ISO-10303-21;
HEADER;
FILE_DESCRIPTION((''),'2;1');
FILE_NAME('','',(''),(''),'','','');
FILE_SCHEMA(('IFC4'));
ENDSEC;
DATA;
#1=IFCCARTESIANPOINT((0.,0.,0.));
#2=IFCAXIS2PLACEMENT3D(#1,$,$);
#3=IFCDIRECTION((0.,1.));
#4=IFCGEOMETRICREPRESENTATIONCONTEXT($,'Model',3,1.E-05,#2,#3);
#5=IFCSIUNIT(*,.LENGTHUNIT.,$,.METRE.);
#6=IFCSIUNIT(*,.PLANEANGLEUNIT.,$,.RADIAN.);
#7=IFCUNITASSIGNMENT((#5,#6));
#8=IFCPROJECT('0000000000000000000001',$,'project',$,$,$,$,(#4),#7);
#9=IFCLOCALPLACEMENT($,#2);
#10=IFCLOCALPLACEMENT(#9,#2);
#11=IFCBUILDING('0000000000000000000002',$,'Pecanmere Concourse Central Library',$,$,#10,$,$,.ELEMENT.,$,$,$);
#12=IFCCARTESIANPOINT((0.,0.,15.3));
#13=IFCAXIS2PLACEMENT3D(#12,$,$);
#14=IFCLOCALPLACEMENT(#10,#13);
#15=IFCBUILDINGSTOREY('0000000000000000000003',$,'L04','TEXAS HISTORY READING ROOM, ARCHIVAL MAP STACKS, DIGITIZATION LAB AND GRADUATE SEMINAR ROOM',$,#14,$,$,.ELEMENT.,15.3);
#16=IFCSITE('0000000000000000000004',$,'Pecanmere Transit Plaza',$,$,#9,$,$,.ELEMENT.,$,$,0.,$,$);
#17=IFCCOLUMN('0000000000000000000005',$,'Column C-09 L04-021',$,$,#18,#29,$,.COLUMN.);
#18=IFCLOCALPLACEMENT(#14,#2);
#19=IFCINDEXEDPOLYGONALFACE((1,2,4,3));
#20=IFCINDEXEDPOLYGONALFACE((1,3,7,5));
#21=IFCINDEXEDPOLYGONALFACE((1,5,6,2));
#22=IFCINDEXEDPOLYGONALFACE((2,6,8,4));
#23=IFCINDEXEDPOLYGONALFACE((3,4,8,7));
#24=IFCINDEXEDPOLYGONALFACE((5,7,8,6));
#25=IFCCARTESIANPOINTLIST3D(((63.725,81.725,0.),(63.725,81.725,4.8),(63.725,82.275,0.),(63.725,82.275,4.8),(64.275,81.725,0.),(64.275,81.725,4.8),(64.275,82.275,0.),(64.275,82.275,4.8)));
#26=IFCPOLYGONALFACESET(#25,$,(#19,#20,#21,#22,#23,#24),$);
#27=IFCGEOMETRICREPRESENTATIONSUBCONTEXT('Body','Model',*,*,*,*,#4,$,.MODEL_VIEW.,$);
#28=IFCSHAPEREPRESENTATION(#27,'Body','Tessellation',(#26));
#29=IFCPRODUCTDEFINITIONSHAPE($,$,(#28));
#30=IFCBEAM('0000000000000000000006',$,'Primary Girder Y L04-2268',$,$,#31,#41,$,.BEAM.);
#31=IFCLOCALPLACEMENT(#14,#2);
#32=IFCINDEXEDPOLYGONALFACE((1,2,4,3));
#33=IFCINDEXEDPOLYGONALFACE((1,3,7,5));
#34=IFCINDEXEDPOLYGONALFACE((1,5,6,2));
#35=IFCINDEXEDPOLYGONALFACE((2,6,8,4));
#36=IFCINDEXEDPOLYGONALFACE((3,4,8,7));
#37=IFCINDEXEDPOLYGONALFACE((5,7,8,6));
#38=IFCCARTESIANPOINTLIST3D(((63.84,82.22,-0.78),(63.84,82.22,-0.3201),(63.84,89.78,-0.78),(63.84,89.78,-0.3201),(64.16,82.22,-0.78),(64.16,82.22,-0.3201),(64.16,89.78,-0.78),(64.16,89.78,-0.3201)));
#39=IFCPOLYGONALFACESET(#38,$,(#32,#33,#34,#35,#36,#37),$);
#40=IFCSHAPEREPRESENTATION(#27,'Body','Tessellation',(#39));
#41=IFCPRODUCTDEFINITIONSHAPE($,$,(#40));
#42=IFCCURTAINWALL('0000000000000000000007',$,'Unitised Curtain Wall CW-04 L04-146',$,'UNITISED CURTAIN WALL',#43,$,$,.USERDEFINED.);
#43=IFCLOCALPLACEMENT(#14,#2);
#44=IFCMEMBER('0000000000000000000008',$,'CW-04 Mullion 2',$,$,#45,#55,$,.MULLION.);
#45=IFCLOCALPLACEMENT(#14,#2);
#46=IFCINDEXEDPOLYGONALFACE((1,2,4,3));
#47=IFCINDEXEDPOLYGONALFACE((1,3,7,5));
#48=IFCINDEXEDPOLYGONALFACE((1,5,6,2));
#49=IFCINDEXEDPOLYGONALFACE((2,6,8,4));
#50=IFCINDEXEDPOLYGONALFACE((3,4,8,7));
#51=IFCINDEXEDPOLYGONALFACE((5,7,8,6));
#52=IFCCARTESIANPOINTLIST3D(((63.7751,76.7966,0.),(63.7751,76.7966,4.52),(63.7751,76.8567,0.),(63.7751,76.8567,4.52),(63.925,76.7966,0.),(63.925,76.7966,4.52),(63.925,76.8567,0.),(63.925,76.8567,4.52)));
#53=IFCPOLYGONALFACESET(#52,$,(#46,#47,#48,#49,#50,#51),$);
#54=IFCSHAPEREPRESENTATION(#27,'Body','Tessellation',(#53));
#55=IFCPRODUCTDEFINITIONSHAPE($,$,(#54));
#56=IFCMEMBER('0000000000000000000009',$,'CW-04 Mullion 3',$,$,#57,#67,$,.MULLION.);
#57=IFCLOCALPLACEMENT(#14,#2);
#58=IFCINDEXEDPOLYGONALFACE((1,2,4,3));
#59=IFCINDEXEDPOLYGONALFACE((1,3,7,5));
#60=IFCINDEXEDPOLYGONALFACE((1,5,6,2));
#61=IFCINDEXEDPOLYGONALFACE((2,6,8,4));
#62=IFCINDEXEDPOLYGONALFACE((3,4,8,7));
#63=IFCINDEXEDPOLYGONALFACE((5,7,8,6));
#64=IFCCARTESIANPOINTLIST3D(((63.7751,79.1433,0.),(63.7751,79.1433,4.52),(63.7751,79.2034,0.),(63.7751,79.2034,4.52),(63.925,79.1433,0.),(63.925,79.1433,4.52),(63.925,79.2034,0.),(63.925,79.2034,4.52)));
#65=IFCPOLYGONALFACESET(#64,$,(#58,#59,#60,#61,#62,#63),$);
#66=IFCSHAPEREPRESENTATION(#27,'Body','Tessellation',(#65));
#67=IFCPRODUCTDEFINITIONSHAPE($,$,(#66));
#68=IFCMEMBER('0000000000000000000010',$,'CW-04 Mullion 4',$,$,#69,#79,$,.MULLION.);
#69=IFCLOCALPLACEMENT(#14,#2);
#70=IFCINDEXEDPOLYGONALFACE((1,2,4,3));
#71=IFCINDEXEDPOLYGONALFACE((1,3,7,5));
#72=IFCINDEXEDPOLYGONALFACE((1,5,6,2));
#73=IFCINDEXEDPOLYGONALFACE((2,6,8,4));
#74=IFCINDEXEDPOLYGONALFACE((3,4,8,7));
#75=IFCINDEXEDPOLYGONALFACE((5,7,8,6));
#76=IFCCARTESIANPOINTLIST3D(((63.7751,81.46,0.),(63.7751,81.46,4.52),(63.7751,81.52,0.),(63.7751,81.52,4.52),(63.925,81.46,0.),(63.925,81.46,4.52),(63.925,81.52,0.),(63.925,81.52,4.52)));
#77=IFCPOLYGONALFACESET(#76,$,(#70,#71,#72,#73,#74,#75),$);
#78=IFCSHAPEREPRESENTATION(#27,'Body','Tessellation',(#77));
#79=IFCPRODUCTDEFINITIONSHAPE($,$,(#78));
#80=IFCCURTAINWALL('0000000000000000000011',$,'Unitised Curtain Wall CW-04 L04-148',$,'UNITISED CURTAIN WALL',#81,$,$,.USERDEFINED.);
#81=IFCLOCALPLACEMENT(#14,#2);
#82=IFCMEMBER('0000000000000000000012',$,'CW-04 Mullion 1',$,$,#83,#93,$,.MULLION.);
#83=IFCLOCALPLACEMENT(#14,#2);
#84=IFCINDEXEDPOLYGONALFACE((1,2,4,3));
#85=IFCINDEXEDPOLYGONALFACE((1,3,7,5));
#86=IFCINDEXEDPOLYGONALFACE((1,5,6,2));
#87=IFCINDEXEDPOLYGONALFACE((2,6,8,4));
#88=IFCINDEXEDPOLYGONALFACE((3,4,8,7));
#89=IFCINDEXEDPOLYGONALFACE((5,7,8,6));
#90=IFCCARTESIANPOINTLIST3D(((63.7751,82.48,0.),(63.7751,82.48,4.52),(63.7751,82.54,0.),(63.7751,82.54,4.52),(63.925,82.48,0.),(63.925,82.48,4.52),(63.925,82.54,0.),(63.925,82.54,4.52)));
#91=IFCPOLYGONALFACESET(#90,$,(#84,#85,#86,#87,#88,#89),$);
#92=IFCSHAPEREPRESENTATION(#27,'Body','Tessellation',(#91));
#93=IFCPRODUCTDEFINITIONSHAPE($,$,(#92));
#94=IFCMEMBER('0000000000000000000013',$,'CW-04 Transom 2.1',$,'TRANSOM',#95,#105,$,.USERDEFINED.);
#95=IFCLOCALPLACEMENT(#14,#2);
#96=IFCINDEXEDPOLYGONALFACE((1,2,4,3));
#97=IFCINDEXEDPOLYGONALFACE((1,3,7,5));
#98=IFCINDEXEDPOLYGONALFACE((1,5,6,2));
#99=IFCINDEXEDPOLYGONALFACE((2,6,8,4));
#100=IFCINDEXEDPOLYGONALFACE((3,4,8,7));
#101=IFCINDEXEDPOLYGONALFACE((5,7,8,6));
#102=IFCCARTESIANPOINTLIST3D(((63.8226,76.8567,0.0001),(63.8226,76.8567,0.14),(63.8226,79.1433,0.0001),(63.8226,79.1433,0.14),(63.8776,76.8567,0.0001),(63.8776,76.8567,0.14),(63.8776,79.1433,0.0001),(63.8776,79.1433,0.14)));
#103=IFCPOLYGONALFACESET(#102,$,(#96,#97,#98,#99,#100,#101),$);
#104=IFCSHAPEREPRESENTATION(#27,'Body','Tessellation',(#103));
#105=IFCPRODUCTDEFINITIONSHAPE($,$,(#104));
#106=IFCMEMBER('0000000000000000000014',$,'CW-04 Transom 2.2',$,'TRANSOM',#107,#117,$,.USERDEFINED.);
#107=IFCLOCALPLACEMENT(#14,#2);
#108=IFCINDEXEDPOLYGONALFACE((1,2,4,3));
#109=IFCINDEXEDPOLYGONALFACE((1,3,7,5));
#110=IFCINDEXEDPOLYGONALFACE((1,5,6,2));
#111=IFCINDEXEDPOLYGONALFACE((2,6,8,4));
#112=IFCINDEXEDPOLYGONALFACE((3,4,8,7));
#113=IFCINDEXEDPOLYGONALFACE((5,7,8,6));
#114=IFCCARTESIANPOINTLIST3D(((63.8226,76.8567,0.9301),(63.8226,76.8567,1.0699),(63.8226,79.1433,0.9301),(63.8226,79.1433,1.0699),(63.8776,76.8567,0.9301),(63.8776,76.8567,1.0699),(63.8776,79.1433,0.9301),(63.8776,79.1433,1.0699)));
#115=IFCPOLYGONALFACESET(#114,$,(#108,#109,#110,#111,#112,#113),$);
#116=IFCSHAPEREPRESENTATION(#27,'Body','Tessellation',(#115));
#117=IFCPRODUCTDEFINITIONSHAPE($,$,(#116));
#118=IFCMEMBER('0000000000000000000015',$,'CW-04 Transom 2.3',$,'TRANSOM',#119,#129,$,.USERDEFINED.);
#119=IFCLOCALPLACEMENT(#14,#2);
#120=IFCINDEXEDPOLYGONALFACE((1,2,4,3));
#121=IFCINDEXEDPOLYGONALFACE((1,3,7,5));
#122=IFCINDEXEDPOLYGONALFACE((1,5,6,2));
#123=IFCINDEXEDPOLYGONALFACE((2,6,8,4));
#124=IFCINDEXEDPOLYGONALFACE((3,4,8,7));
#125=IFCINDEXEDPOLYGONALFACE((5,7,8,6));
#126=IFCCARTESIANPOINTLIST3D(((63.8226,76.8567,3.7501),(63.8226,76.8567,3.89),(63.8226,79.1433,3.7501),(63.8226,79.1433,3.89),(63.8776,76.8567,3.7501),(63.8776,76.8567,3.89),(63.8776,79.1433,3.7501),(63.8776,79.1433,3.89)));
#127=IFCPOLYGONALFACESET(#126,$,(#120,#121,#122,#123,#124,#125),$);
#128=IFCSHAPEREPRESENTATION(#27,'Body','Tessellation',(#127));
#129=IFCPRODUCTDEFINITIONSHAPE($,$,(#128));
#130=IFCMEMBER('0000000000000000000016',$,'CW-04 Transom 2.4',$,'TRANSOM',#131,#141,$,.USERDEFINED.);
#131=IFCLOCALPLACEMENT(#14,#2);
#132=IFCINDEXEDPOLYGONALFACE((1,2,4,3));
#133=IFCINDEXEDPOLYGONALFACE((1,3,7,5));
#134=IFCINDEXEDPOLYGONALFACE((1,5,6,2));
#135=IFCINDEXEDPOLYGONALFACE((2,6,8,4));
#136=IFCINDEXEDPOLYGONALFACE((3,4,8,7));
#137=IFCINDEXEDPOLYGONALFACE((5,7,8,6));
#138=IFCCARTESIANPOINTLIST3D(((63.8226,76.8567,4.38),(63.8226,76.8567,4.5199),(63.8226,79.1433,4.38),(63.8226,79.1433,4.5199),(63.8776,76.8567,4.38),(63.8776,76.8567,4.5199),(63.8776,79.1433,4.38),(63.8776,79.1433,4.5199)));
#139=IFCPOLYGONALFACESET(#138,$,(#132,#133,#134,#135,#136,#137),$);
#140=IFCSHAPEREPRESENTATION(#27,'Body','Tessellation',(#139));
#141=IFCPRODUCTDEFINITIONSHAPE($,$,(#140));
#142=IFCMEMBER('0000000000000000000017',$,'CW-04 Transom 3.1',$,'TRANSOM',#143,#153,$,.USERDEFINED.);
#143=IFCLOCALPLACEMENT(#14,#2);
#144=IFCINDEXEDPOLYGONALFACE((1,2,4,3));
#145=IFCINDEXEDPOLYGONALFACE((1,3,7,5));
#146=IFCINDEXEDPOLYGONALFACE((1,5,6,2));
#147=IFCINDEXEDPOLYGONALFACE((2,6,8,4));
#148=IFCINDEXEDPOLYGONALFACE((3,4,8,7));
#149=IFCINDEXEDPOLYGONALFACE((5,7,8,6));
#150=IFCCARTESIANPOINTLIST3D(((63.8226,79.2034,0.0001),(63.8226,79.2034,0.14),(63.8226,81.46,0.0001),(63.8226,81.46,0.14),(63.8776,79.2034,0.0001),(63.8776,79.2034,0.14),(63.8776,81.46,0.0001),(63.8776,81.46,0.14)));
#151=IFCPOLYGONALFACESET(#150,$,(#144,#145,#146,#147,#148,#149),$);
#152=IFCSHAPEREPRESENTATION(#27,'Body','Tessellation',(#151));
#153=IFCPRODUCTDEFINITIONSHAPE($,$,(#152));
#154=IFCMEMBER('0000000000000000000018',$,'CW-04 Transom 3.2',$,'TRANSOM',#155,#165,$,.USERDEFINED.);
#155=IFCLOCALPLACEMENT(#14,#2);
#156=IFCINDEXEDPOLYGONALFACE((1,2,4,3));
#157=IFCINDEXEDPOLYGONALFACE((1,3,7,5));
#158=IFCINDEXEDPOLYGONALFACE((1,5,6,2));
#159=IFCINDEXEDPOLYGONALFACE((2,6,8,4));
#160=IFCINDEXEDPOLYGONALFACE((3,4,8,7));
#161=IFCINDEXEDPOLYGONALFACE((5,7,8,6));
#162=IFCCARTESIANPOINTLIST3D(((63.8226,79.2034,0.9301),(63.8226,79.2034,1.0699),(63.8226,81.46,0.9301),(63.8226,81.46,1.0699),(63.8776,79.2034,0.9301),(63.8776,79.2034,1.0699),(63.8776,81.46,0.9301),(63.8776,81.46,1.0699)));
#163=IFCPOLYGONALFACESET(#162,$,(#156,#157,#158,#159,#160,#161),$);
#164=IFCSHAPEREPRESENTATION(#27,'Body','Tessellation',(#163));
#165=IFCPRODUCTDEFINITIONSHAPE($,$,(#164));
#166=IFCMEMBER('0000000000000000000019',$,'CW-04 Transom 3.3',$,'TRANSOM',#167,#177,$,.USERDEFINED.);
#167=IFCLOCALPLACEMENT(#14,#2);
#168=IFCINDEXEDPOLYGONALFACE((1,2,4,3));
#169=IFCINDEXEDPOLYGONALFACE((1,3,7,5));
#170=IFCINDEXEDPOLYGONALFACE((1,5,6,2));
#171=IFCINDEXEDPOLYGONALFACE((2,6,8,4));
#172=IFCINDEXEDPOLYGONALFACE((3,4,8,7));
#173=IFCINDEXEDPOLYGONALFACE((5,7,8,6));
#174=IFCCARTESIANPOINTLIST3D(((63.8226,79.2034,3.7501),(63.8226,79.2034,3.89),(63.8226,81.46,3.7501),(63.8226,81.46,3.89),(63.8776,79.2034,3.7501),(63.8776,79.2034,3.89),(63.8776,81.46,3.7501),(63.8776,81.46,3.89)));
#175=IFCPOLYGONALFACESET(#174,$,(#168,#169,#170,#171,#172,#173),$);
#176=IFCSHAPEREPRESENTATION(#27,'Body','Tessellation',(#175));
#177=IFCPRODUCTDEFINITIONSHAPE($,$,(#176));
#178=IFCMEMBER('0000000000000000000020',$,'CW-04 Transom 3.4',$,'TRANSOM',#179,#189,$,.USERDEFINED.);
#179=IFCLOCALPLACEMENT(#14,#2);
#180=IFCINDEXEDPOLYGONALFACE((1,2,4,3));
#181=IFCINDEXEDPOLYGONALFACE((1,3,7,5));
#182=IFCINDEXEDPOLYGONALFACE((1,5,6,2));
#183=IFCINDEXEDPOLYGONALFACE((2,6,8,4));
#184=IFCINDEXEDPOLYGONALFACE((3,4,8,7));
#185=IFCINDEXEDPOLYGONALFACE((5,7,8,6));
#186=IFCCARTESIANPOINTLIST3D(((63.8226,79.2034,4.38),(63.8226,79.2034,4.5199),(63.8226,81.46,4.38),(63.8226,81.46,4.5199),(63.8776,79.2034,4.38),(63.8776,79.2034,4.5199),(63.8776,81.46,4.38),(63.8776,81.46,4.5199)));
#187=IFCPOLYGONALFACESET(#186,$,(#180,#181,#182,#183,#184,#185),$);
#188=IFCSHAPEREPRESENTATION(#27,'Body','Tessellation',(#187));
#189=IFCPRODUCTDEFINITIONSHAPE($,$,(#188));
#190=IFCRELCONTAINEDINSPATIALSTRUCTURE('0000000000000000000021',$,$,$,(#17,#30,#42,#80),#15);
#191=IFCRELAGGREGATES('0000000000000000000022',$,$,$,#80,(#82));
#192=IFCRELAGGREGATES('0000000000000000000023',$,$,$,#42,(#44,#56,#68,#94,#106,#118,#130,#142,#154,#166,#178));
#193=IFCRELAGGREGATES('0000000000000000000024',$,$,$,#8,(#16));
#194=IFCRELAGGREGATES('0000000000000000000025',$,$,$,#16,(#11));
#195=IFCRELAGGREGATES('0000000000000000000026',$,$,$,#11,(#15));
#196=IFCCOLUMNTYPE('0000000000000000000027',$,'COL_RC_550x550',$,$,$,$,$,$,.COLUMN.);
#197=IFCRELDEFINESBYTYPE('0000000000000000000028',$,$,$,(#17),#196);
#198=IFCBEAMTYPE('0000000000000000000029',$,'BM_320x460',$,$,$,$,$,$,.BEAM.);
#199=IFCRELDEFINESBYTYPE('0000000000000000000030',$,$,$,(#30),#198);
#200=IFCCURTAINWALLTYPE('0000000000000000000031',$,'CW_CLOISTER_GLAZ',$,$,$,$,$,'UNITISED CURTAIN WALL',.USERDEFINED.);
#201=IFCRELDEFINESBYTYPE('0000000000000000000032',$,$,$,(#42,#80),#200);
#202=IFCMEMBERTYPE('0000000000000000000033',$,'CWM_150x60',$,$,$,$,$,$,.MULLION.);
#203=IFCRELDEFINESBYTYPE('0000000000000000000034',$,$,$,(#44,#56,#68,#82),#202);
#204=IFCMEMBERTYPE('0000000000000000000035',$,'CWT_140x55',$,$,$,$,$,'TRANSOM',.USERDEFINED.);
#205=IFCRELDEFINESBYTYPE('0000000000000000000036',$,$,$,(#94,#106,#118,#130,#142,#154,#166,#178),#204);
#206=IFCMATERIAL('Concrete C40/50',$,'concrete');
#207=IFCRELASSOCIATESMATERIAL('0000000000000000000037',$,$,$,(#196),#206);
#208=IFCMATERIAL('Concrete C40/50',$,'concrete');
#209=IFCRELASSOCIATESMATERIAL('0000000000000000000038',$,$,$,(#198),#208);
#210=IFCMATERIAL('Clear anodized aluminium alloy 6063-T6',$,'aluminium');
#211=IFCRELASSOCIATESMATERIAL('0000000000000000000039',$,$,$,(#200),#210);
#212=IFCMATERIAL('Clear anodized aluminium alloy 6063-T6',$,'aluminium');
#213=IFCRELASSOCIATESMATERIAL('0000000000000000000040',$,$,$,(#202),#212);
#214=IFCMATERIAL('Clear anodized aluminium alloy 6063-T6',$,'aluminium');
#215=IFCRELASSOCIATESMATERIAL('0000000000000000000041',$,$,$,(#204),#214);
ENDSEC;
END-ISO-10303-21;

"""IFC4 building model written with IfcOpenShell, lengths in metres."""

from ifc_helpers import new_model, si_unit, direction, frame, origin, origin_2d, place, context, subcontext, project, spatial, rectangle, extrude, material, material_profile, profile_set, type_object, element, aggregate, save


model = new_model("IFC4")

# Units and contexts
model_context = context("Model", 3, precision=1e-05, world=origin(), true_north=direction((0.0, 1.0)))
body_context = subcontext(model_context, "Body", "Model", "MODEL_VIEW")
ifc_project = project(units=[si_unit("LENGTHUNIT", "METRE"), si_unit("PLANEANGLEUNIT", "RADIAN")], contexts=[model_context])

# Site, building, storey
site_placement = place(None, origin())
site = spatial("IfcSite", under=ifc_project, at=site_placement, Name="Pecanmere Transit Plaza", CompositionType="ELEMENT", RefElevation=0.0)
building_placement = place(site_placement, origin())
building = spatial("IfcBuilding", under=site, at=building_placement, Name="Pecanmere Concourse Central Library", CompositionType="ELEMENT")
storey_placement = place(building_placement, frame((0.0, 0.0, 15.3)))
storey = spatial("IfcBuildingStorey", under=building, at=storey_placement, Name="L04", Description="TEXAS HISTORY READING ROOM, ARCHIVAL MAP STACKS, DIGITIZATION LAB AND GRADUATE SEMINAR ROOM", CompositionType="ELEMENT", Elevation=15.3)

# Column
ifc_material_1 = material(Name="Concrete C40/50", Category="concrete")
ifc_material_profile_1 = material_profile(ifc_material_1, rectangle(XDim=0.55, YDim=0.55, at=origin_2d()), Name="RC 550x550")
ifc_profile_set_1 = profile_set([ifc_material_profile_1], Name="Concrete C40/50")
column_type = type_object("IfcColumnType", Name="COL_RC_550x550", PredefinedType="COLUMN", material=ifc_profile_set_1)
column_placement = place(storey_placement, frame((64.0, 82.0, 0.0), z_axis=(0.0, 0.0, 1.0), x_axis=(1.0, 0.0, 0.0)))
element("IfcColumn", 1, at=column_placement, inside=storey, type_object=column_type, Name="Column C-09 L04-021", PredefinedType="COLUMN", context=body_context, shape_type="SweptSolid", body=[
    extrude(rectangle(XDim=0.55, YDim=0.55, at=origin_2d()), origin(), (0.0, 0.0, 1.0), 4.8),
])

# Beam
ifc_material_2 = material(Name="Concrete C40/50", Category="concrete")
ifc_material_profile_2 = material_profile(ifc_material_2, rectangle(XDim=0.3201, YDim=0.46, at=origin_2d()), Name="RC 320x460")
ifc_profile_set_2 = profile_set([ifc_material_profile_2], Name="Concrete C40/50")
beam_type = type_object("IfcBeamType", Name="BM_320x460", PredefinedType="BEAM", material=ifc_profile_set_2)
beam_placement = place(storey_placement, frame((64.0, 82.22, -0.55), z_axis=(0.0, 1.0, 0.0), x_axis=(-1.0, 0.0, 0.0)))
element("IfcBeam", 2, at=beam_placement, inside=storey, type_object=beam_type, Name="Primary Girder Y L04-2268", PredefinedType="BEAM", context=body_context, shape_type="SweptSolid", body=[
    extrude(rectangle(XDim=0.3201, YDim=0.46, at=origin_2d()), origin(), (0.0, 0.0, 1.0), 7.5601),
])

# Curtain wall, members
ifc_material_3 = material(Name="Clear anodized aluminium alloy 6063-T6", Category="aluminium")
curtain_wall_type = type_object("IfcCurtainWallType", Name="CW_CLOISTER_GLAZ", ElementType="UNITISED CURTAIN WALL", PredefinedType="USERDEFINED", material=ifc_material_3)
curtain_wall_1_placement = place(storey_placement, origin())
curtain_wall_1 = element("IfcCurtainWall", 3, at=curtain_wall_1_placement, inside=storey, type_object=curtain_wall_type, Name="Unitised Curtain Wall CW-04 L04-146", ObjectType="UNITISED CURTAIN WALL", PredefinedType="USERDEFINED")
ifc_material_4 = material(Name="Clear anodized aluminium alloy 6063-T6", Category="aluminium")
ifc_material_profile_3 = material_profile(ifc_material_4, rectangle(XDim=0.0601, YDim=0.1499, at=origin_2d()), Name="AL 60x150")
ifc_profile_set_3 = profile_set([ifc_material_profile_3], Name="Clear anodized aluminium alloy 6063-T6")
member_type_1 = type_object("IfcMemberType", Name="CWM_150x60", PredefinedType="MULLION", material=ifc_profile_set_3)
member_1_placement = place(storey_placement, frame((63.8501, 76.8267, 0.0), z_axis=(0.0, 0.0, 1.0), x_axis=(0.0, 1.0, 0.0)))
member_1 = element("IfcMember", 4, at=member_1_placement, type_object=member_type_1, Name="CW-04 Mullion 2", PredefinedType="MULLION", context=body_context, shape_type="SweptSolid", body=[
    extrude(rectangle(XDim=0.0601, YDim=0.1499, at=origin_2d()), origin(), (0.0, 0.0, 1.0), 4.52),
])
member_2_placement = place(storey_placement, frame((63.8501, 79.1733, 0.0), z_axis=(0.0, 0.0, 1.0), x_axis=(0.0, 1.0, 0.0)))
member_2 = element("IfcMember", 5, at=member_2_placement, type_object=member_type_1, Name="CW-04 Mullion 3", PredefinedType="MULLION", context=body_context, shape_type="SweptSolid", body=[
    extrude(rectangle(XDim=0.0601, YDim=0.1499, at=origin_2d()), origin(), (0.0, 0.0, 1.0), 4.52),
])
member_3_placement = place(storey_placement, frame((63.8501, 81.49, 0.0), z_axis=(0.0, 0.0, 1.0), x_axis=(0.0, 1.0, 0.0)))
member_3 = element("IfcMember", 6, at=member_3_placement, type_object=member_type_1, Name="CW-04 Mullion 4", PredefinedType="MULLION", context=body_context, shape_type="SweptSolid", body=[
    extrude(rectangle(XDim=0.0601, YDim=0.1499, at=origin_2d()), origin(), (0.0, 0.0, 1.0), 4.52),
])

# Curtain wall, member
curtain_wall_2_placement = place(storey_placement, origin())
curtain_wall_2 = element("IfcCurtainWall", 7, at=curtain_wall_2_placement, inside=storey, type_object=curtain_wall_type, Name="Unitised Curtain Wall CW-04 L04-148", ObjectType="UNITISED CURTAIN WALL", PredefinedType="USERDEFINED")
member_4_placement = place(storey_placement, frame((63.8501, 82.51, 0.0), z_axis=(0.0, 0.0, 1.0), x_axis=(0.0, 1.0, 0.0)))
member_4 = element("IfcMember", 8, at=member_4_placement, type_object=member_type_1, Name="CW-04 Mullion 1", PredefinedType="MULLION", context=body_context, shape_type="SweptSolid", body=[
    extrude(rectangle(XDim=0.0601, YDim=0.1499, at=origin_2d()), origin(), (0.0, 0.0, 1.0), 4.52),
])

# Members
ifc_material_5 = material(Name="Clear anodized aluminium alloy 6063-T6", Category="aluminium")
ifc_material_profile_4 = material_profile(ifc_material_5, rectangle(XDim=0.0549, YDim=0.1399, at=origin_2d()), Name="AL 55x140")
ifc_profile_set_4 = profile_set([ifc_material_profile_4], Name="Clear anodized aluminium alloy 6063-T6")
member_type_2 = type_object("IfcMemberType", Name="CWT_140x55", ElementType="TRANSOM", PredefinedType="USERDEFINED", material=ifc_profile_set_4)
member_5_placement = place(storey_placement, frame((63.8501, 76.8567, 0.0701), z_axis=(0.0, 1.0, 0.0), x_axis=(-1.0, 0.0, 0.0)))
member_5 = element("IfcMember", 9, at=member_5_placement, type_object=member_type_2, Name="CW-04 Transom 2.1", ObjectType="TRANSOM", PredefinedType="USERDEFINED", context=body_context, shape_type="SweptSolid", body=[
    extrude(rectangle(XDim=0.0549, YDim=0.1399, at=origin_2d()), origin(), (0.0, 0.0, 1.0), 2.2866),
])
member_6_placement = place(storey_placement, frame((63.8501, 76.8567, 1.0), z_axis=(0.0, 1.0, 0.0), x_axis=(-1.0, 0.0, 0.0)))
member_6 = element("IfcMember", 10, at=member_6_placement, type_object=member_type_2, Name="CW-04 Transom 2.2", ObjectType="TRANSOM", PredefinedType="USERDEFINED", context=body_context, shape_type="SweptSolid", body=[
    extrude(rectangle(XDim=0.0549, YDim=0.1399, at=origin_2d()), origin(), (0.0, 0.0, 1.0), 2.2866),
])
member_7_placement = place(storey_placement, frame((63.8501, 76.8567, 3.8201), z_axis=(0.0, 1.0, 0.0), x_axis=(-1.0, 0.0, 0.0)))
member_7 = element("IfcMember", 11, at=member_7_placement, type_object=member_type_2, Name="CW-04 Transom 2.3", ObjectType="TRANSOM", PredefinedType="USERDEFINED", context=body_context, shape_type="SweptSolid", body=[
    extrude(rectangle(XDim=0.0549, YDim=0.1399, at=origin_2d()), origin(), (0.0, 0.0, 1.0), 2.2866),
])
member_8_placement = place(storey_placement, frame((63.8501, 76.8567, 4.45), z_axis=(0.0, 1.0, 0.0), x_axis=(-1.0, 0.0, 0.0)))
member_8 = element("IfcMember", 12, at=member_8_placement, type_object=member_type_2, Name="CW-04 Transom 2.4", ObjectType="TRANSOM", PredefinedType="USERDEFINED", context=body_context, shape_type="SweptSolid", body=[
    extrude(rectangle(XDim=0.0549, YDim=0.1399, at=origin_2d()), origin(), (0.0, 0.0, 1.0), 2.2866),
])
member_9_placement = place(storey_placement, frame((63.8501, 79.2034, 0.0701), z_axis=(0.0, 1.0, 0.0), x_axis=(-1.0, 0.0, 0.0)))
member_9 = element("IfcMember", 13, at=member_9_placement, type_object=member_type_2, Name="CW-04 Transom 3.1", ObjectType="TRANSOM", PredefinedType="USERDEFINED", context=body_context, shape_type="SweptSolid", body=[
    extrude(rectangle(XDim=0.0549, YDim=0.1399, at=origin_2d()), origin(), (0.0, 0.0, 1.0), 2.2566),
])
member_10_placement = place(storey_placement, frame((63.8501, 79.2034, 1.0), z_axis=(0.0, 1.0, 0.0), x_axis=(-1.0, 0.0, 0.0)))
member_10 = element("IfcMember", 14, at=member_10_placement, type_object=member_type_2, Name="CW-04 Transom 3.2", ObjectType="TRANSOM", PredefinedType="USERDEFINED", context=body_context, shape_type="SweptSolid", body=[
    extrude(rectangle(XDim=0.0549, YDim=0.1399, at=origin_2d()), origin(), (0.0, 0.0, 1.0), 2.2566),
])
member_11_placement = place(storey_placement, frame((63.8501, 79.2034, 3.8201), z_axis=(0.0, 1.0, 0.0), x_axis=(-1.0, 0.0, 0.0)))
member_11 = element("IfcMember", 15, at=member_11_placement, type_object=member_type_2, Name="CW-04 Transom 3.3", ObjectType="TRANSOM", PredefinedType="USERDEFINED", context=body_context, shape_type="SweptSolid", body=[
    extrude(rectangle(XDim=0.0549, YDim=0.1399, at=origin_2d()), origin(), (0.0, 0.0, 1.0), 2.2566),
])
member_12_placement = place(storey_placement, frame((63.8501, 79.2034, 4.45), z_axis=(0.0, 1.0, 0.0), x_axis=(-1.0, 0.0, 0.0)))
member_12 = element("IfcMember", 16, at=member_12_placement, type_object=member_type_2, Name="CW-04 Transom 3.4", ObjectType="TRANSOM", PredefinedType="USERDEFINED", context=body_context, shape_type="SweptSolid", body=[
    extrude(rectangle(XDim=0.0549, YDim=0.1399, at=origin_2d()), origin(), (0.0, 0.0, 1.0), 2.2566),
])
aggregate(curtain_wall_2, [member_4])

aggregate(curtain_wall_1, [member_1, member_2, member_3, member_5, member_6, member_7, member_8, member_9, member_10, member_11, member_12])

save(model, "model.ifc")
